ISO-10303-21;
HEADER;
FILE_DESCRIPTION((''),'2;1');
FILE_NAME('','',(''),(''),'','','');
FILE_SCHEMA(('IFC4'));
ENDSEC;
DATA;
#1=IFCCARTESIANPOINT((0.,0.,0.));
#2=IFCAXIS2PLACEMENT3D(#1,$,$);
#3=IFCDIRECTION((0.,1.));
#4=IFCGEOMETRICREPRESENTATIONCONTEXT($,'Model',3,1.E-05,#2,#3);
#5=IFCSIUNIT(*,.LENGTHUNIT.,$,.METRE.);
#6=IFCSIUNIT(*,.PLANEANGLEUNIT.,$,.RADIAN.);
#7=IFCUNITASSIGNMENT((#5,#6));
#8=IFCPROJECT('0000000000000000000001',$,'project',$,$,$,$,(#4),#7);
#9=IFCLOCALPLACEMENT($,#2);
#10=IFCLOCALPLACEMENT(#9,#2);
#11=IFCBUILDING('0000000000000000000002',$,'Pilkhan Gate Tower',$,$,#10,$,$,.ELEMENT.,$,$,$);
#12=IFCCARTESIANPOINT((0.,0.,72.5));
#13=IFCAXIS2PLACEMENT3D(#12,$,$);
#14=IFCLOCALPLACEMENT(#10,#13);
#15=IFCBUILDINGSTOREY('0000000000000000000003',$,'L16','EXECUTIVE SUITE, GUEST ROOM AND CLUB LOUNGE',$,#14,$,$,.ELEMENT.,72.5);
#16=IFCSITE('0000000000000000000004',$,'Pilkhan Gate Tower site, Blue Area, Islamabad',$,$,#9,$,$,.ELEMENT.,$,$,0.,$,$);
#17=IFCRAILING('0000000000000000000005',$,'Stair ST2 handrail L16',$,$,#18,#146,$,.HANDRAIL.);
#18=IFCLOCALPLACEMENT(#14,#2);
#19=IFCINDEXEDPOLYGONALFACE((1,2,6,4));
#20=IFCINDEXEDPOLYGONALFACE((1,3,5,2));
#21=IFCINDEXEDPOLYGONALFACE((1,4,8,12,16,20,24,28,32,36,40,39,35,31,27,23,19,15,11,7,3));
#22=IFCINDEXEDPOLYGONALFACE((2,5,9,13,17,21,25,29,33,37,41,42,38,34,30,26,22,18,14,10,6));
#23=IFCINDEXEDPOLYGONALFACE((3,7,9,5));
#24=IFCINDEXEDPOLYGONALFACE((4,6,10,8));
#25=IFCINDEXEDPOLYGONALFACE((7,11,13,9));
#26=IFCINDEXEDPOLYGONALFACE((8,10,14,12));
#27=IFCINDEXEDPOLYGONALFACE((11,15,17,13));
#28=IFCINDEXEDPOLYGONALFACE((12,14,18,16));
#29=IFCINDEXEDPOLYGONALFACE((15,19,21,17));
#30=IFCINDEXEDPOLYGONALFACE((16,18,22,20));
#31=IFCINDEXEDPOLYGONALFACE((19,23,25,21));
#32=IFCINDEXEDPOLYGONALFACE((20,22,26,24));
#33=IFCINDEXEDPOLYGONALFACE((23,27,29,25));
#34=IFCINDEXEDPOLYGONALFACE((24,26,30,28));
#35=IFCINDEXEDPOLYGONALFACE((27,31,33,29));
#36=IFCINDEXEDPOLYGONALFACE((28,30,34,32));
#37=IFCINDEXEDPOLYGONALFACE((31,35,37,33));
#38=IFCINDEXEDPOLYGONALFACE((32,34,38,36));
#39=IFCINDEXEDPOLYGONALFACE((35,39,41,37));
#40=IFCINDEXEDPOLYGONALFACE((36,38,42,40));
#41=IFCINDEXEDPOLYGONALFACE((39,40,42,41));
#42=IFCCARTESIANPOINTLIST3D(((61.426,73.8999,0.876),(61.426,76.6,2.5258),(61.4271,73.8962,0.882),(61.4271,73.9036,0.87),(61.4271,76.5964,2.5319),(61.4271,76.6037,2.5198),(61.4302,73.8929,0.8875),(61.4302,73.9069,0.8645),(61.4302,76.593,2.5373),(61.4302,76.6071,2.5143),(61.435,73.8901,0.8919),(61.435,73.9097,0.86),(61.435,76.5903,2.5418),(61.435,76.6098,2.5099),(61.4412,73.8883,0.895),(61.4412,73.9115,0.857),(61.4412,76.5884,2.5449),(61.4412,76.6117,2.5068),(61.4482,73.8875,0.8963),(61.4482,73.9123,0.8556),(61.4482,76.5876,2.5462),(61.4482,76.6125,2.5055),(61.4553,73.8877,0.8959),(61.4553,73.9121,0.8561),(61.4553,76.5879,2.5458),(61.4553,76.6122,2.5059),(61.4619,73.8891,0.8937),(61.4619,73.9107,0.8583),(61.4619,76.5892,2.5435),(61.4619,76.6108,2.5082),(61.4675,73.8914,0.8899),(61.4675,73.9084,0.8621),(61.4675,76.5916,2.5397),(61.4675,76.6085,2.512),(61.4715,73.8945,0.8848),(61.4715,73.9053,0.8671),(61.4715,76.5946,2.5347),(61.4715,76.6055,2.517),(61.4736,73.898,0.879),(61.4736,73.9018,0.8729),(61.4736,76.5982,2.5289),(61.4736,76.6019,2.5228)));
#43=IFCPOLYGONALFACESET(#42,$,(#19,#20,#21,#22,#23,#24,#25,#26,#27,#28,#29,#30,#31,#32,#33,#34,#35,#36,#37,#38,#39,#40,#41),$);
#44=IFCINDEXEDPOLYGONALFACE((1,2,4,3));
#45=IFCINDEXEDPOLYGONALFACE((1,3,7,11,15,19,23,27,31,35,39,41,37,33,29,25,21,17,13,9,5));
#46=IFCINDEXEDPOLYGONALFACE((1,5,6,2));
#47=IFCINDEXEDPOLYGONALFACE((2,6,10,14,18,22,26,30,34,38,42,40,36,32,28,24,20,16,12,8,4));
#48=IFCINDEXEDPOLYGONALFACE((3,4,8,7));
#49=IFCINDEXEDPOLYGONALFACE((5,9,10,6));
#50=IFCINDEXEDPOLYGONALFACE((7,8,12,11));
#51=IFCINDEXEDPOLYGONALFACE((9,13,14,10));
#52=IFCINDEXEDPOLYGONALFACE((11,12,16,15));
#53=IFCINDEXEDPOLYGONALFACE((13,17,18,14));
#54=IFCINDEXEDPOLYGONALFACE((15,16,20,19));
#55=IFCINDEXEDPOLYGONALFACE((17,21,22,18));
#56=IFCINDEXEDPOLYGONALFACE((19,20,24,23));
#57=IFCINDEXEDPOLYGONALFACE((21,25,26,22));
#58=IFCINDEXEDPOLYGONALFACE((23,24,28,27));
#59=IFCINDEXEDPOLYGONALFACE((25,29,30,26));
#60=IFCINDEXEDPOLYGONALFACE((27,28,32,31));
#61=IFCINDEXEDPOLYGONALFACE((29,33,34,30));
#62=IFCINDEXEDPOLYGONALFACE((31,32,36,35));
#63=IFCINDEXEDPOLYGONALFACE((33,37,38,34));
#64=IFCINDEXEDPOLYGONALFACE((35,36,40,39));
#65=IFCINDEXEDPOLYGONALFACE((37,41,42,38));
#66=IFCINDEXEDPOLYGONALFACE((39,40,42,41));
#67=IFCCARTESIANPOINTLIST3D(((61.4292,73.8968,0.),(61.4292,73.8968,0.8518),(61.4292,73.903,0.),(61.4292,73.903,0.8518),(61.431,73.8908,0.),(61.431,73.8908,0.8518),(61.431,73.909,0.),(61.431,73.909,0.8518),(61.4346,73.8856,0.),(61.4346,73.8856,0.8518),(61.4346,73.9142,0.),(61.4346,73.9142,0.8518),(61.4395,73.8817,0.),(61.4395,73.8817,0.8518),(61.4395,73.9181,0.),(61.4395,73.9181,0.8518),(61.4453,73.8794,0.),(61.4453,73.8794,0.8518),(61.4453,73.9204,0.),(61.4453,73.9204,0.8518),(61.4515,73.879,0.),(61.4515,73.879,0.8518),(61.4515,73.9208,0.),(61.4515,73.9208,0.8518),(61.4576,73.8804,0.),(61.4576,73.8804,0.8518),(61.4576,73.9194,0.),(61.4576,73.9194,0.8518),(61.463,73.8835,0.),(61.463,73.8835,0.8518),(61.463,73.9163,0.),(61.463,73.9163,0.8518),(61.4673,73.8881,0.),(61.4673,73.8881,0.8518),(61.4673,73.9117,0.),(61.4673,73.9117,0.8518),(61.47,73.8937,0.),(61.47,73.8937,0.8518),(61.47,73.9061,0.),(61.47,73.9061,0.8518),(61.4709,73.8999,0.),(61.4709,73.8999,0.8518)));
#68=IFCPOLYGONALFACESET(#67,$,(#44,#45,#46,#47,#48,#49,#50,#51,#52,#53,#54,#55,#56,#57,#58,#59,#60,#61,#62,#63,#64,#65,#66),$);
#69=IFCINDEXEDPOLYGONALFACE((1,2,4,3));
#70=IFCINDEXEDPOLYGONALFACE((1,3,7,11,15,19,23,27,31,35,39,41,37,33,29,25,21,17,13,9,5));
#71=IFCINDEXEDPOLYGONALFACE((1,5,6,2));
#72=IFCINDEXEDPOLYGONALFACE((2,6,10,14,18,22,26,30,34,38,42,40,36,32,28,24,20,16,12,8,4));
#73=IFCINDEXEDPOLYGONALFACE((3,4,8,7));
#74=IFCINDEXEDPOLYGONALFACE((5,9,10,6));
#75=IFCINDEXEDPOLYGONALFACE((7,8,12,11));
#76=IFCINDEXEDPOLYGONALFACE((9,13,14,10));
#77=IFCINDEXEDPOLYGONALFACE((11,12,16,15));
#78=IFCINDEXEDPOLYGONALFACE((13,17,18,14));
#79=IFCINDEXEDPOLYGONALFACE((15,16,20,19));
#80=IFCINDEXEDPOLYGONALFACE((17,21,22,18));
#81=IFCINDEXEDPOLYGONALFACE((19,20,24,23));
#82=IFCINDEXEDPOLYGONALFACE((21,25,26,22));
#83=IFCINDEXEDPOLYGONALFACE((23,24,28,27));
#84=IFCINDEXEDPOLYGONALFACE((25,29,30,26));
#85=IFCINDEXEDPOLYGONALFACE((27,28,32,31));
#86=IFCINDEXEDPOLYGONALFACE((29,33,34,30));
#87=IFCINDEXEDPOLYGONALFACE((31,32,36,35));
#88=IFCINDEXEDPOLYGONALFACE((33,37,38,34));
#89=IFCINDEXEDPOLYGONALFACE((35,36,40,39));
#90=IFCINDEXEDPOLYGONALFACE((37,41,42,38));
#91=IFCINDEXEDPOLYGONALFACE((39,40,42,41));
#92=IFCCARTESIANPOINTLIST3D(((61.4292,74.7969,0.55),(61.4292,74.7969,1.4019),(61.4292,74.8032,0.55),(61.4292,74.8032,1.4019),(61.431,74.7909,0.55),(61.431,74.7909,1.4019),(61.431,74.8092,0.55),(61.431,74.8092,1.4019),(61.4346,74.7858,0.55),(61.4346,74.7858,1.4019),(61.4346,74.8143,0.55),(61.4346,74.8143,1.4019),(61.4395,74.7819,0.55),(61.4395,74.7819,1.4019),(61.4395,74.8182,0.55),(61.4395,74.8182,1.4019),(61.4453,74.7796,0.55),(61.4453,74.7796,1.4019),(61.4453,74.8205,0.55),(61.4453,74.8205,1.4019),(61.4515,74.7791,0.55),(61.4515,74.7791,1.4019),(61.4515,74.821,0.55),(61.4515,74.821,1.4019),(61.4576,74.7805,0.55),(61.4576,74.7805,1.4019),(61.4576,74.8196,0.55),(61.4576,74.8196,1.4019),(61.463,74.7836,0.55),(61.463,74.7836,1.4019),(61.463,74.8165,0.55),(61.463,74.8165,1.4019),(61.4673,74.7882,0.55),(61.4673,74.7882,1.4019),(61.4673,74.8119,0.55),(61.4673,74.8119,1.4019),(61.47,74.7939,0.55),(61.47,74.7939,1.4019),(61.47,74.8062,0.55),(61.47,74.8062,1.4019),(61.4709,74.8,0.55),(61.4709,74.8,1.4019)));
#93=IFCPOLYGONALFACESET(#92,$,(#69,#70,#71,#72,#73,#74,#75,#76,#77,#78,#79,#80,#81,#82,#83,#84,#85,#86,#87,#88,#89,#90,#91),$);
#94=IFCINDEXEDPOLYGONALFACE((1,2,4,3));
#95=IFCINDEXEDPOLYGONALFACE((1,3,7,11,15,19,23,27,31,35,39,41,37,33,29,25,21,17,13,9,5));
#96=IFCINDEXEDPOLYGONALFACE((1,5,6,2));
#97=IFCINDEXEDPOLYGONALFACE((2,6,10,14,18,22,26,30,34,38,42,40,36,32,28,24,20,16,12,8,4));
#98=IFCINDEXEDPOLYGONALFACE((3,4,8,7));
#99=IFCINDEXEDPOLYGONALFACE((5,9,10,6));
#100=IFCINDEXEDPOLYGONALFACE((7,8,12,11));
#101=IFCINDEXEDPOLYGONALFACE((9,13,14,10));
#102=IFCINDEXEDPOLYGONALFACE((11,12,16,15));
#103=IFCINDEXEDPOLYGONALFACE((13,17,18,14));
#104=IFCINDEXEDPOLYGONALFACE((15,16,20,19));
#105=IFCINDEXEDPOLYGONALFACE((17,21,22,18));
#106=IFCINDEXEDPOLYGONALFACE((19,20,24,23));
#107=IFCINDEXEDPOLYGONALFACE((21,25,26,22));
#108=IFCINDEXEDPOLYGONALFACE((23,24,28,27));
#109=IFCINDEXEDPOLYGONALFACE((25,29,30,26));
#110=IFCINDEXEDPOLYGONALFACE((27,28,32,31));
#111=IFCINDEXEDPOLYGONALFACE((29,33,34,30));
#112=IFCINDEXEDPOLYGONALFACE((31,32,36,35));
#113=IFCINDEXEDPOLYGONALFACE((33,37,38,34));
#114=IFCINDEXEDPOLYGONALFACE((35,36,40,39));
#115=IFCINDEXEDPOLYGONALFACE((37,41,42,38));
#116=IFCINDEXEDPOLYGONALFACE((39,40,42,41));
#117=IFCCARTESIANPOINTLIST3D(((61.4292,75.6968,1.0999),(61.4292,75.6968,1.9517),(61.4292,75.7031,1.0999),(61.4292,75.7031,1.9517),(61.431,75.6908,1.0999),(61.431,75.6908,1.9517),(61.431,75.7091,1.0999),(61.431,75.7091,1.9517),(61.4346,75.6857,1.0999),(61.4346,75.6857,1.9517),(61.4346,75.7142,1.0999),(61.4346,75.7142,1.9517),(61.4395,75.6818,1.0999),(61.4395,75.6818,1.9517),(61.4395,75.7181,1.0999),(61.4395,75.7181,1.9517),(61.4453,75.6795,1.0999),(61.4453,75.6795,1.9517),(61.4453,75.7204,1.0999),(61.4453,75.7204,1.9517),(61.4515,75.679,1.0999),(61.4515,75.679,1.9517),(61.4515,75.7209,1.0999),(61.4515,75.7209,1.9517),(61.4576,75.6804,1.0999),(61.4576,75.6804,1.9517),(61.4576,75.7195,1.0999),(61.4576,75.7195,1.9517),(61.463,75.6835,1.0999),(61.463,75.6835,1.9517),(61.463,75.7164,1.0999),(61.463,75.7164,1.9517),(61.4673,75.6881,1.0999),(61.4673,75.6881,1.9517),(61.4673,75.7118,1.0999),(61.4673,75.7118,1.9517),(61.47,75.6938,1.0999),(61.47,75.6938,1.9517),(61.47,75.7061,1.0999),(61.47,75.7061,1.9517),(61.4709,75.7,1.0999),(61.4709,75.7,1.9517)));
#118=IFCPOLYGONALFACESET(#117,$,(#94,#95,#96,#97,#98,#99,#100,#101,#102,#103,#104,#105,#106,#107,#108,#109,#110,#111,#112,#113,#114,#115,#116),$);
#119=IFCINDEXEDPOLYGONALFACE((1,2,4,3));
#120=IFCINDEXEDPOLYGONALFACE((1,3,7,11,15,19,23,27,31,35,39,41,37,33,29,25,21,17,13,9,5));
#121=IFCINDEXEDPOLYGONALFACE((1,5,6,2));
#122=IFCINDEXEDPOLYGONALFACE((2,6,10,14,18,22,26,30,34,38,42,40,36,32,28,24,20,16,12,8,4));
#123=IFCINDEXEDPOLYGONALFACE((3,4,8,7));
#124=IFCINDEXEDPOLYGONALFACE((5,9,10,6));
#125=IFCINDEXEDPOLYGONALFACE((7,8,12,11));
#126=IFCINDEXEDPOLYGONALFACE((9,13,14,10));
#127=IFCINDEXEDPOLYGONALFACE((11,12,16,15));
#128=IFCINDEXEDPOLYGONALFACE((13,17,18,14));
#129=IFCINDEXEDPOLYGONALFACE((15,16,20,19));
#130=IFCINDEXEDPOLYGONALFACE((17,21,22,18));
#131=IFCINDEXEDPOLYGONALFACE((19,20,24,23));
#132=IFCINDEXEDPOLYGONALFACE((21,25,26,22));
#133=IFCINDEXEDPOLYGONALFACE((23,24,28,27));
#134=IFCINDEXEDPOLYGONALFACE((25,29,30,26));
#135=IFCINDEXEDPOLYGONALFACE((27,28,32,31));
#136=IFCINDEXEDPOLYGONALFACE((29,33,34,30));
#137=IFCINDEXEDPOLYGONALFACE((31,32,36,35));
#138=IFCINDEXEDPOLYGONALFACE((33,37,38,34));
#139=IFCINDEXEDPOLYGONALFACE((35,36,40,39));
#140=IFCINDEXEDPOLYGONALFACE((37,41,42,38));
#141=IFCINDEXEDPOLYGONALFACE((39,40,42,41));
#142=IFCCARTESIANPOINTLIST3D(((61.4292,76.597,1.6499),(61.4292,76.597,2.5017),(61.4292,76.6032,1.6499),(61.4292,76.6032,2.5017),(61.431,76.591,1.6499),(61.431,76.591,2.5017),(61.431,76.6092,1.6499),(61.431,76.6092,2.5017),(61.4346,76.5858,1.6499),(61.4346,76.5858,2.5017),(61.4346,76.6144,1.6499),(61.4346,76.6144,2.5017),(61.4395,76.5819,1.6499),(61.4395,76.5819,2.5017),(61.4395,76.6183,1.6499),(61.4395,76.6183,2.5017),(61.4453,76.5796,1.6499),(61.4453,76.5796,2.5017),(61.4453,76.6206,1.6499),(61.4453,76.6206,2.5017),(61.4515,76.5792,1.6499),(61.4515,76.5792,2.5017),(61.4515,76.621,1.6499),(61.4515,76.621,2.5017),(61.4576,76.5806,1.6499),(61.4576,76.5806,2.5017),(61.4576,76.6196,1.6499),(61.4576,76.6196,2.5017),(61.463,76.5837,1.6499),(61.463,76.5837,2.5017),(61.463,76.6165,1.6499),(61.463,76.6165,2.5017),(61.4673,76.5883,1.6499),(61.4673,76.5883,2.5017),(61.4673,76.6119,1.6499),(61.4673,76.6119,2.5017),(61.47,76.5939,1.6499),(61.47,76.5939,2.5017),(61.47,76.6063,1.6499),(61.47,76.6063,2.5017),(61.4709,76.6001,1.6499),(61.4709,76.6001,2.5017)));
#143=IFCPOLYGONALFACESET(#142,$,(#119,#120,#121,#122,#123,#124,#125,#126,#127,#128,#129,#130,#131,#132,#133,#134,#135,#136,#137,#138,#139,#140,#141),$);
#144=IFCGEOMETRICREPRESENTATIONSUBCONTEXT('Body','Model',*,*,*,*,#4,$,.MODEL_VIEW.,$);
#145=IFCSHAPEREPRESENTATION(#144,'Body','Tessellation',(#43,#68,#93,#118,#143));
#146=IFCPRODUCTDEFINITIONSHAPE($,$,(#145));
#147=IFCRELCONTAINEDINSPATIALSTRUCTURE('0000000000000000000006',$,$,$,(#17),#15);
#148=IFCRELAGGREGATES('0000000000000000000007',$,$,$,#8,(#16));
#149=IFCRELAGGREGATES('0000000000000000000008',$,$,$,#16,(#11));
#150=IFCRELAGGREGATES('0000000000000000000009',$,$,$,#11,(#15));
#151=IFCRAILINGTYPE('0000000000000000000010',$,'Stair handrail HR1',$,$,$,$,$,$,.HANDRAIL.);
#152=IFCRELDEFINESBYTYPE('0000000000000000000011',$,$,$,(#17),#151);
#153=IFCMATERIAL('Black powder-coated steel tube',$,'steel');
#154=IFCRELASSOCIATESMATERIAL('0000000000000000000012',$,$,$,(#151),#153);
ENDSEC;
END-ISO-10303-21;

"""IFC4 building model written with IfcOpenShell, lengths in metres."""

from ifc_helpers import new_model, si_unit, direction, frame, origin, origin_2d, place, context, subcontext, project, spatial, circle, extrude, material, type_object, element, save


model = new_model("IFC4")

# Units and contexts
model_context = context("Model", 3, precision=1e-05, world=origin(), true_north=direction((0.0, 1.0)))
body_context = subcontext(model_context, "Body", "Model", "MODEL_VIEW")
ifc_project = project(units=[si_unit("LENGTHUNIT", "METRE"), si_unit("PLANEANGLEUNIT", "RADIAN")], contexts=[model_context])

# Site, building, storey
site_placement = place(None, origin())
site = spatial("IfcSite", under=ifc_project, at=site_placement, Name="Pilkhan Gate Tower site, Blue Area, Islamabad", CompositionType="ELEMENT", RefElevation=0.0)
building_placement = place(site_placement, origin())
building = spatial("IfcBuilding", under=site, at=building_placement, Name="Pilkhan Gate Tower", CompositionType="ELEMENT")
storey_placement = place(building_placement, frame((0.0, 0.0, 72.5)))
storey = spatial("IfcBuildingStorey", under=building, at=storey_placement, Name="L16", Description="EXECUTIVE SUITE, GUEST ROOM AND CLUB LOUNGE", CompositionType="ELEMENT", Elevation=72.5)

# Railing
ifc_material_1 = material(Name="Black powder-coated steel tube", Category="steel")
railing_type_1 = type_object("IfcRailingType", Name="Stair handrail HR1", PredefinedType="HANDRAIL", material=ifc_material_1)
railing_1_placement = place(storey_placement, frame((61.45, 73.8999, 0.0)))
element("IfcRailing", 1, at=railing_1_placement, inside=storey, type_object=railing_type_1, Name="Stair ST2 handrail L16", PredefinedType="HANDRAIL", context=body_context, shape_type="SweptSolid", body=[
    extrude(circle(Radius=0.0239, at=origin_2d()), frame((0.0, 0.0, 0.876), z_axis=(0.0, 0.853312, 0.5214), x_axis=(-1.0, 0.0, 0.0)), (0.0, 0.0, 1.0), 3.1643),
    extrude(circle(Radius=0.021, at=origin_2d()), origin(), (0.0, 0.0, 1.0), 0.8518),
    extrude(circle(Radius=0.021, at=origin_2d()), frame((0.0, 0.9001, 0.55)), (0.0, 0.0, 1.0), 0.8518),
    extrude(circle(Radius=0.021, at=origin_2d()), frame((0.0, 1.8, 1.0999)), (0.0, 0.0, 1.0), 0.8518),
    extrude(circle(Radius=0.021, at=origin_2d()), frame((0.0, 2.7002, 1.6499)), (0.0, 0.0, 1.0), 0.8518),
])

save(model, "model.ifc")
